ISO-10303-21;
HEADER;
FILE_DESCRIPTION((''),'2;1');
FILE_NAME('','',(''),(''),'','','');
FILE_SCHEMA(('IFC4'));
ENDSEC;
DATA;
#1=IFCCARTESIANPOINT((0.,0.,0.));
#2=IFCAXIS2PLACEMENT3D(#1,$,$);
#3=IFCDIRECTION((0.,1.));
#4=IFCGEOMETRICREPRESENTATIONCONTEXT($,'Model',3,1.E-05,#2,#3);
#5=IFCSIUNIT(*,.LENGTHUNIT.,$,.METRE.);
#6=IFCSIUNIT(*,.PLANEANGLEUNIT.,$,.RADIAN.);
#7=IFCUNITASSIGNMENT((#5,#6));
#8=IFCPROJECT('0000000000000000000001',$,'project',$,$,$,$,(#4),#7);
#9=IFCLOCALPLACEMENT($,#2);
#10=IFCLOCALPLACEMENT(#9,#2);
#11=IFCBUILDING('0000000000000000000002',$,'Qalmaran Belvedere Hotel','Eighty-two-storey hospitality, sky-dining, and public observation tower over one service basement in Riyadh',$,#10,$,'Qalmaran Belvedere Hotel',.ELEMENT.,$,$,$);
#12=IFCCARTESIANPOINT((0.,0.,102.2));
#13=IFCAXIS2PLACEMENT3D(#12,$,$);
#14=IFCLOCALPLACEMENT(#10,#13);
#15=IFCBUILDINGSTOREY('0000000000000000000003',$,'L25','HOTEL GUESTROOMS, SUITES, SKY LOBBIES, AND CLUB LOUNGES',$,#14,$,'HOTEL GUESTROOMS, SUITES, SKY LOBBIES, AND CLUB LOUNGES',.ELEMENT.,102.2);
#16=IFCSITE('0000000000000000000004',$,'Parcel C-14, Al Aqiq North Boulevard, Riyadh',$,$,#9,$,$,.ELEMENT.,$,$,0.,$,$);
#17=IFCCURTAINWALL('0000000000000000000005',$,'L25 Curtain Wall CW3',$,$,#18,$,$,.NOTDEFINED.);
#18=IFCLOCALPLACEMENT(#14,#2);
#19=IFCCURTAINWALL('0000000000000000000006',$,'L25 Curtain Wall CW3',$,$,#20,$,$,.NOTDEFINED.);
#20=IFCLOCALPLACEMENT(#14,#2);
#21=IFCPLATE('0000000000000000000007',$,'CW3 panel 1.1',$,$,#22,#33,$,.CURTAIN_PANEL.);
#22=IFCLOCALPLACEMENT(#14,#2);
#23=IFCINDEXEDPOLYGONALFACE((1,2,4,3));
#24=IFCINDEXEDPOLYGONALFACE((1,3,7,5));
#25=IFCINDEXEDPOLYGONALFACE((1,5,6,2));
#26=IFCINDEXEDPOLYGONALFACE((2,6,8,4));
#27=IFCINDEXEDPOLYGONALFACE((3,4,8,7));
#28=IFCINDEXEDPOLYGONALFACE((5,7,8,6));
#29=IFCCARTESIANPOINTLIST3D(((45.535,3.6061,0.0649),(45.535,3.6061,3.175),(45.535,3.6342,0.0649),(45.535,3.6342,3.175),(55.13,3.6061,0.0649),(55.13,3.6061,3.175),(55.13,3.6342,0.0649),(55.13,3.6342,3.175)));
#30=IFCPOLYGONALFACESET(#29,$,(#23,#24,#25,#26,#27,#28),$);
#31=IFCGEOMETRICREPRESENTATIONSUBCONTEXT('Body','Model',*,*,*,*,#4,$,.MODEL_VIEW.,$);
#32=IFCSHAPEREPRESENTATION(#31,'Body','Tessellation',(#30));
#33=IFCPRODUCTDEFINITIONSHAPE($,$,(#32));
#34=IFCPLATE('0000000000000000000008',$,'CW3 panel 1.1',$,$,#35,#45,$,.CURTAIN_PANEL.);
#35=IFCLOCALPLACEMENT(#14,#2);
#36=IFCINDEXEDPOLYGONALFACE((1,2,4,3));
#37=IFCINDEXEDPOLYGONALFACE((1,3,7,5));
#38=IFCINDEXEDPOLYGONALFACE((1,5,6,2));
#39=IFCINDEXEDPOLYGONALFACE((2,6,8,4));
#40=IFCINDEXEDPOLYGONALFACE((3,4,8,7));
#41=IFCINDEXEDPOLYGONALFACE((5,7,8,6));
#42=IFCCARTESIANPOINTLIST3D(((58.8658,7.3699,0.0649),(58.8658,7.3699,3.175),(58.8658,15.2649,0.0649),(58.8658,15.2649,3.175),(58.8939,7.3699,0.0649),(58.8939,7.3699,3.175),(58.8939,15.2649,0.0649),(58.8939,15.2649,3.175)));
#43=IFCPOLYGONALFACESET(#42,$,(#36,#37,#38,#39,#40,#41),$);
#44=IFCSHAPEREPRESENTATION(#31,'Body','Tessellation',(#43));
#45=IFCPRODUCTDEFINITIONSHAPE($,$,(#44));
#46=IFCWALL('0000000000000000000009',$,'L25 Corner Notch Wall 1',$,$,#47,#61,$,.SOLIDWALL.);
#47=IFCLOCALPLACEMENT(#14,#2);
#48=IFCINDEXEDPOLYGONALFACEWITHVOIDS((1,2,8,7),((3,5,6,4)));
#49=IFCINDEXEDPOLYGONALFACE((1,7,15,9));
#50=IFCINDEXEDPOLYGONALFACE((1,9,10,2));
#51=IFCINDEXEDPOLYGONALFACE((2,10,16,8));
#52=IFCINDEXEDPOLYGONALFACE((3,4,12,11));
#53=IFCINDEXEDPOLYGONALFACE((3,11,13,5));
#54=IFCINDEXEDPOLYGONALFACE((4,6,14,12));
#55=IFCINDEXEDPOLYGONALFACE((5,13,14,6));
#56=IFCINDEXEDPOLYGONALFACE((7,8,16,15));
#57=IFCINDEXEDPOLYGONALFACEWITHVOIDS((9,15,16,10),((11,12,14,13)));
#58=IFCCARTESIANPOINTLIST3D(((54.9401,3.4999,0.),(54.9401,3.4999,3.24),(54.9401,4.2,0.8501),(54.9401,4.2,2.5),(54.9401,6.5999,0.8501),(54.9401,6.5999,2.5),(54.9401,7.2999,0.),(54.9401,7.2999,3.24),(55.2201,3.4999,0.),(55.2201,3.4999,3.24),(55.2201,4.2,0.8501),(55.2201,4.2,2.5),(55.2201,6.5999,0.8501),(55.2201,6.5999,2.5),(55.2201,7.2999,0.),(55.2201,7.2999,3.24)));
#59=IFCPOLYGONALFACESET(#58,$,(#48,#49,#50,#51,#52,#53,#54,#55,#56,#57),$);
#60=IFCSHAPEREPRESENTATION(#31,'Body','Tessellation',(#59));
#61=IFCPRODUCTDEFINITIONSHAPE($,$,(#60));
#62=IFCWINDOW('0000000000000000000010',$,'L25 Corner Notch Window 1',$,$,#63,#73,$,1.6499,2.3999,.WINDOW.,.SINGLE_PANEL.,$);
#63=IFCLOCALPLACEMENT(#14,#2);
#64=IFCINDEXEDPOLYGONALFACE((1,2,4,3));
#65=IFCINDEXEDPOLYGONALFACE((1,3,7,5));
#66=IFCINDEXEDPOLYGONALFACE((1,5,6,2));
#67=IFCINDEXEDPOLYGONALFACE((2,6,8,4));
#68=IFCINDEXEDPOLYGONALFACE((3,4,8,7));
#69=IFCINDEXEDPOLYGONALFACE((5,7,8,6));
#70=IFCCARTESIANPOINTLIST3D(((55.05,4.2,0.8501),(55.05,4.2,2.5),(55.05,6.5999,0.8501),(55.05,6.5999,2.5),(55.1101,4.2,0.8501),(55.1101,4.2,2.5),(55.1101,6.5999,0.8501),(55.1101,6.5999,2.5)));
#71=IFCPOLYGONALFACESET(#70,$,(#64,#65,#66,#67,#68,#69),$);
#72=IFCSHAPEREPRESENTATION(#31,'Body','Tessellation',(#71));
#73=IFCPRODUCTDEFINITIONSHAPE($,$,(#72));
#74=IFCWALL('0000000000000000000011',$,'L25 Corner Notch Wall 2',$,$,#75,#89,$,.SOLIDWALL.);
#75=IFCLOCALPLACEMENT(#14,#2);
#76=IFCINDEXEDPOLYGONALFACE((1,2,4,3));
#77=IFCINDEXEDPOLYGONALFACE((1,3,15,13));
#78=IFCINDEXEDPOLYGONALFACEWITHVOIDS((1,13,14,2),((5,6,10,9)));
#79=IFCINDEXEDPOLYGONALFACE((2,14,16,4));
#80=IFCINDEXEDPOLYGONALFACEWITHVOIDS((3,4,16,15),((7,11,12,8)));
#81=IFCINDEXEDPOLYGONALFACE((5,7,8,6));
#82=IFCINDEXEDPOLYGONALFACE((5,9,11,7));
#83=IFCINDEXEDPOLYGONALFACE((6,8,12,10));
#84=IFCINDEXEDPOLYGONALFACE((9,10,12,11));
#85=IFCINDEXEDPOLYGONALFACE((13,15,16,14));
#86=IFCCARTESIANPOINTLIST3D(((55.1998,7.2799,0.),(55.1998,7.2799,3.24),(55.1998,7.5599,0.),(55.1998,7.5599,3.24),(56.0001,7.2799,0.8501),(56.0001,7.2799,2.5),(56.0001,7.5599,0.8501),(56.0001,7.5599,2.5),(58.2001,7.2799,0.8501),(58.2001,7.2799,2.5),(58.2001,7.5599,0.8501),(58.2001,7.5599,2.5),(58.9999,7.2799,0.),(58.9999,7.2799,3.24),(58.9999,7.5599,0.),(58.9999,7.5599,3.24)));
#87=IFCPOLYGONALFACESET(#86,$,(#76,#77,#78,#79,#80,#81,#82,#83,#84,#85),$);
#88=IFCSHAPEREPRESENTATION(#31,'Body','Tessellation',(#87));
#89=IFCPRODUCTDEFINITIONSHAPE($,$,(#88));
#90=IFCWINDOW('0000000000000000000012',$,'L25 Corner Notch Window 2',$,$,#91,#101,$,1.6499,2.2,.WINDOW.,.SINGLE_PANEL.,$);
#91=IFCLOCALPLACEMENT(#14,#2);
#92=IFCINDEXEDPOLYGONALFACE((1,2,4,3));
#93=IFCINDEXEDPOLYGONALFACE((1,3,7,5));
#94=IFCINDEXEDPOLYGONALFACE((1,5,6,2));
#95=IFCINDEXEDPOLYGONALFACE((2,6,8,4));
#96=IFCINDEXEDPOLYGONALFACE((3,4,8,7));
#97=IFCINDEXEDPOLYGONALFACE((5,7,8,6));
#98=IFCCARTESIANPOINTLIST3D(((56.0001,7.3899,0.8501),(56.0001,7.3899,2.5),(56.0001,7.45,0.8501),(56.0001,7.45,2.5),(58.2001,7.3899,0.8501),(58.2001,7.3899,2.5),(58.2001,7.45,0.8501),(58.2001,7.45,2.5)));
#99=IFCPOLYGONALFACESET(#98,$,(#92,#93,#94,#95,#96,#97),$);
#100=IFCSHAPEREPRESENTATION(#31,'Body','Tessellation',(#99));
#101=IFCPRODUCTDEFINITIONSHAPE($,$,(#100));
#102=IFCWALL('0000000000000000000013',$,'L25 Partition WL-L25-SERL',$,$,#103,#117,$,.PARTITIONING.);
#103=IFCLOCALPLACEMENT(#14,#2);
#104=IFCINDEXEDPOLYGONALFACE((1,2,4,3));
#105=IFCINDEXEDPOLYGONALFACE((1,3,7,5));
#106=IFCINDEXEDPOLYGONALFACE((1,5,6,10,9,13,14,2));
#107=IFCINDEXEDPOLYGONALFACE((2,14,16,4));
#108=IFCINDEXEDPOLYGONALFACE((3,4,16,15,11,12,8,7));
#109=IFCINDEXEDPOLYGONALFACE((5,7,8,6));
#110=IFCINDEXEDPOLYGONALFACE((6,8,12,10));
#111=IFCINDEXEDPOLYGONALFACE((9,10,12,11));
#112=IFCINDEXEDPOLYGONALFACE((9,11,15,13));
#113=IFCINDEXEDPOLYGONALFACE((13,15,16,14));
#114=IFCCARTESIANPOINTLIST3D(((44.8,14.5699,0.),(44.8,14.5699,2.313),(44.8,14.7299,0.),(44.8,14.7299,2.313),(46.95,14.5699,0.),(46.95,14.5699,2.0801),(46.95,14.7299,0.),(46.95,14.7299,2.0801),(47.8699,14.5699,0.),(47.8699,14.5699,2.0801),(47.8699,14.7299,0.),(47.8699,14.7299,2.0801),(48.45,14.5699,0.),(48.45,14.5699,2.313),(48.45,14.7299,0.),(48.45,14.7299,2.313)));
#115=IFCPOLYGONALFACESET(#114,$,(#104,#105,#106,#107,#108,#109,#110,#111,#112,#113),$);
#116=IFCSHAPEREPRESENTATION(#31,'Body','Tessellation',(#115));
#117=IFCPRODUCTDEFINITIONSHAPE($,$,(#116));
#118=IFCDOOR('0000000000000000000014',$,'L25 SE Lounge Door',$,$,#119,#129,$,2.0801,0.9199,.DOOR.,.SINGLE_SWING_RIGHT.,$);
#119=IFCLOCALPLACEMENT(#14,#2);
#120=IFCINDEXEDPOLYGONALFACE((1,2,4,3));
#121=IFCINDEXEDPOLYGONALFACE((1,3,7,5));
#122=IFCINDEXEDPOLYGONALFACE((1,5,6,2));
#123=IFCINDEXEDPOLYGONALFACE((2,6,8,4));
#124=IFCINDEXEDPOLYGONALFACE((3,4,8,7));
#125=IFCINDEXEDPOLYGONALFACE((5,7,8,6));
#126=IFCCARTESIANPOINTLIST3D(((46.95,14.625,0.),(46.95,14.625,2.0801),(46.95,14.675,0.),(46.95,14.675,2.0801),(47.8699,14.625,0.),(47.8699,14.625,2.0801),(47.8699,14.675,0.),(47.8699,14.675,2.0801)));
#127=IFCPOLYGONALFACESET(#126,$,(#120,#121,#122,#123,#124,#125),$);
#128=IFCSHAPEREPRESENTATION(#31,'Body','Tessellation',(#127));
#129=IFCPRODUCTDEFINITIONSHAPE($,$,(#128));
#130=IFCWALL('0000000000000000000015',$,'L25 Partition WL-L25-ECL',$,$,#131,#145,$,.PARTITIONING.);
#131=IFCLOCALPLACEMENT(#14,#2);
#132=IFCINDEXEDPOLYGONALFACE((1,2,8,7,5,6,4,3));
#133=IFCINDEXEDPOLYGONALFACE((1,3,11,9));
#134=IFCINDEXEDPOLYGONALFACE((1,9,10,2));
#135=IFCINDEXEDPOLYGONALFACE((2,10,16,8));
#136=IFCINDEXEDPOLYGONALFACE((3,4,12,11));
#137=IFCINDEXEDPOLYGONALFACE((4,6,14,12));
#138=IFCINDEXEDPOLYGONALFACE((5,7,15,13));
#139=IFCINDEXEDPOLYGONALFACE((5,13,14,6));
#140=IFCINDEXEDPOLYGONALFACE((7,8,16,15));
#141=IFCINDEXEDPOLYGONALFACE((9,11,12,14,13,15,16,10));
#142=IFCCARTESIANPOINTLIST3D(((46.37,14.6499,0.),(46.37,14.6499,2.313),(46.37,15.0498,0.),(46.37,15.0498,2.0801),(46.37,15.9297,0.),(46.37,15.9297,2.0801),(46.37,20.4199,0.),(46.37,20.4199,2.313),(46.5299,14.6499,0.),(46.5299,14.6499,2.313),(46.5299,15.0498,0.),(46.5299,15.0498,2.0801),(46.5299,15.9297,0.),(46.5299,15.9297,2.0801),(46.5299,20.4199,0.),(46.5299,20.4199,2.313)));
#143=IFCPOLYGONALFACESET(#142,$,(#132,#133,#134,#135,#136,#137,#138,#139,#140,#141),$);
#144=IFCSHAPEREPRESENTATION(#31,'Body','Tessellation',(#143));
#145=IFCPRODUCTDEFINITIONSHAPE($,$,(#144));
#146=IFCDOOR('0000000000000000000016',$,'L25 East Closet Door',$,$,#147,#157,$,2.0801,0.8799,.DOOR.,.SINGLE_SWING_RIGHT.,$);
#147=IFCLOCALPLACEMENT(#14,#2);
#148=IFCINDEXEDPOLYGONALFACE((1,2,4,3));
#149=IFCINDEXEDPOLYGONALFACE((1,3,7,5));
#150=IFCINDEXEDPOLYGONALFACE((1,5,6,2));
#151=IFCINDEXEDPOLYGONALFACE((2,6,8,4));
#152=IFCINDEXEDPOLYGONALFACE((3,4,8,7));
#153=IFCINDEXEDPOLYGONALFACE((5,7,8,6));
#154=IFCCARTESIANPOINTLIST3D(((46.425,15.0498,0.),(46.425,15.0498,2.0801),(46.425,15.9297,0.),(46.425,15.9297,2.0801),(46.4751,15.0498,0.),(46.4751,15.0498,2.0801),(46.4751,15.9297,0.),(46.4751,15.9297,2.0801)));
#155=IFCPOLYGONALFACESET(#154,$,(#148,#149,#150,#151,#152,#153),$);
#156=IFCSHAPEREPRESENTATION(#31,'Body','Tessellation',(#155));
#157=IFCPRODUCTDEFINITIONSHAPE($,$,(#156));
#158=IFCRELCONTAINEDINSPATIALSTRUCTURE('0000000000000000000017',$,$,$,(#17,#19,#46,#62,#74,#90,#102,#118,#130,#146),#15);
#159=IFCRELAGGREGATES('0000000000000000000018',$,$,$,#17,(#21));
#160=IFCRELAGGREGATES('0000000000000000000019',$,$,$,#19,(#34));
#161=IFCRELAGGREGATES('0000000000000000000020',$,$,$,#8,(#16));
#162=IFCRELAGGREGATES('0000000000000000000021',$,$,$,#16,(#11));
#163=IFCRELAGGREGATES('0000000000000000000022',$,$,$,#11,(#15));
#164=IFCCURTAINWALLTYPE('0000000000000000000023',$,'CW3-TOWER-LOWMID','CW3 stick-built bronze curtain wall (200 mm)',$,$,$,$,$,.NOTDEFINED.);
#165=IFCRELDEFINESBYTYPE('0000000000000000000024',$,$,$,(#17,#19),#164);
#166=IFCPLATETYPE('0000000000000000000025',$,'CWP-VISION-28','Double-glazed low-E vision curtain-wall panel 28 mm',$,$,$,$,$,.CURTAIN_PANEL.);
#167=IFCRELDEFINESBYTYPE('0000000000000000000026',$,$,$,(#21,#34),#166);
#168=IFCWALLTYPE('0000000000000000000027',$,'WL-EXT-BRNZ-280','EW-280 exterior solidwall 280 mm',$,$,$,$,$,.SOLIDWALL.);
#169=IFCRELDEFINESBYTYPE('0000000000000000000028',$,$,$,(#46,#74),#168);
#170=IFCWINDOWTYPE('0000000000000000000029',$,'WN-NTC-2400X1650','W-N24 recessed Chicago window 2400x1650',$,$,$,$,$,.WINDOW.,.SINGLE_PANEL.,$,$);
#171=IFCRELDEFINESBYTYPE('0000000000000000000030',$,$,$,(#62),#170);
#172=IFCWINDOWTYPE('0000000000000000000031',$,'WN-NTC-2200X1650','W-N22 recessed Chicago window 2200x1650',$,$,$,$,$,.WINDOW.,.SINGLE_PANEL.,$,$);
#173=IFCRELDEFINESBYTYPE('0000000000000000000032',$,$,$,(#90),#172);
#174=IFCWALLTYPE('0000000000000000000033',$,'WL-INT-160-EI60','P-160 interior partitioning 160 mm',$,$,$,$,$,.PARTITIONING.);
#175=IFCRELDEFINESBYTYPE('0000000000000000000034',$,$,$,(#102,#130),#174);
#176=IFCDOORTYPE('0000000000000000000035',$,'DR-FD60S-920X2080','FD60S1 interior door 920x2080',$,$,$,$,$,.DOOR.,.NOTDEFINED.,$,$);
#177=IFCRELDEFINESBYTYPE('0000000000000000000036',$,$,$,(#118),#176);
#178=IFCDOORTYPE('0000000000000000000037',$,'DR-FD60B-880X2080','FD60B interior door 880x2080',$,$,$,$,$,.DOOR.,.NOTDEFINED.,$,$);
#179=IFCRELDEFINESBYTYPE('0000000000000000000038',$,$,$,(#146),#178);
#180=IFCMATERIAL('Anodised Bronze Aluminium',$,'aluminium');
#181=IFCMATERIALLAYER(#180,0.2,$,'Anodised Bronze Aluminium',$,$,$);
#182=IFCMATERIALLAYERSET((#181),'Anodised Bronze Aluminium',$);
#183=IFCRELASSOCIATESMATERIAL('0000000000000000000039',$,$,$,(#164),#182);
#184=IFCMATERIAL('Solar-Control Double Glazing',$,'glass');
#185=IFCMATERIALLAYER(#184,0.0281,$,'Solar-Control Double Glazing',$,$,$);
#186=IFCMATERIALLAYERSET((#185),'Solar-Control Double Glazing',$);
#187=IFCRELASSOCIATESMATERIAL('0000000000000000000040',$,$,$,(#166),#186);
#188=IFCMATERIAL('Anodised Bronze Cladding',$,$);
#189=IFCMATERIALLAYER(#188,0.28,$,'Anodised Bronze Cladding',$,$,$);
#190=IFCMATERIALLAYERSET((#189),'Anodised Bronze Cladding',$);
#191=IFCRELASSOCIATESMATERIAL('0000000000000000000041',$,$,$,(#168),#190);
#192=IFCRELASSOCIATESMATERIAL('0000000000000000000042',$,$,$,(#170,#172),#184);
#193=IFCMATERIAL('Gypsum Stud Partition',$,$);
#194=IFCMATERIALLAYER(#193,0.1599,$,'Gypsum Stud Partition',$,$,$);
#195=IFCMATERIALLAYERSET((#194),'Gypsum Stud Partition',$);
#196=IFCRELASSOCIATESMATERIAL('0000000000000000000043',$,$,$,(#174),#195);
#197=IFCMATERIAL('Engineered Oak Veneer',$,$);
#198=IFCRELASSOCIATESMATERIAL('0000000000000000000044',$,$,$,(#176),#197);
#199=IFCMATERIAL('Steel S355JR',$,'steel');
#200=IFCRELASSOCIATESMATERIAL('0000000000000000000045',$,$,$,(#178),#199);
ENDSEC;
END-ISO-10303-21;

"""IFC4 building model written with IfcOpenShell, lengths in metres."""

from ifc_helpers import new_model, si_unit, direction, frame, frame_2d, origin, origin_2d, place, context, subcontext, project, spatial, rectangle, extrude, material, layer, layer_set, type_object, element, fill, aggregate, save


model = new_model("IFC4")

# Units and contexts
model_context = context("Model", 3, precision=1e-05, world=origin(), true_north=direction((0.0, 1.0)))
body_context = subcontext(model_context, "Body", "Model", "MODEL_VIEW")
ifc_project = project(units=[si_unit("LENGTHUNIT", "METRE"), si_unit("PLANEANGLEUNIT", "RADIAN")], contexts=[model_context])

# Site, building, storey
site_placement = place(None, origin())
site = spatial("IfcSite", under=ifc_project, at=site_placement, Name="Parcel C-14, Al Aqiq North Boulevard, Riyadh", CompositionType="ELEMENT", RefElevation=0.0)
building_placement = place(site_placement, origin())
building = spatial("IfcBuilding", under=site, at=building_placement, Name="Qalmaran Belvedere Hotel", Description="Eighty-two-storey hospitality, sky-dining, and public observation tower over one service basement in Riyadh", LongName="Qalmaran Belvedere Hotel", CompositionType="ELEMENT")
storey_placement = place(building_placement, frame((0.0, 0.0, 102.2)))
storey = spatial("IfcBuildingStorey", under=building, at=storey_placement, Name="L25", Description="HOTEL GUESTROOMS, SUITES, SKY LOBBIES, AND CLUB LOUNGES", LongName="HOTEL GUESTROOMS, SUITES, SKY LOBBIES, AND CLUB LOUNGES", CompositionType="ELEMENT", Elevation=102.2)

# Shared definitions
ifc_material_1 = material(Name="Steel S355JR", Category="steel")

# Curtain wall
ifc_material_2 = material(Name="Anodised Bronze Aluminium", Category="aluminium")
ifc_layer_1 = layer(ifc_material_2, 0.2, Name="Anodised Bronze Aluminium")
ifc_layer_set_1 = layer_set([ifc_layer_1], Name="Anodised Bronze Aluminium")
curtain_wall_type = type_object("IfcCurtainWallType", Name="CW3-TOWER-LOWMID", Description="CW3 stick-built bronze curtain wall (200 mm)", PredefinedType="NOTDEFINED", material=ifc_layer_set_1)
curtain_wall_1_placement = place(storey_placement, origin())
curtain_wall_1 = element("IfcCurtainWall", 1, at=curtain_wall_1_placement, inside=storey, type_object=curtain_wall_type, Name="L25 Curtain Wall CW3", PredefinedType="NOTDEFINED")

# Curtain wall
curtain_wall_2_placement = place(storey_placement, origin())
curtain_wall_2 = element("IfcCurtainWall", 2, at=curtain_wall_2_placement, inside=storey, type_object=curtain_wall_type, Name="L25 Curtain Wall CW3", PredefinedType="NOTDEFINED")

# Plates
ifc_material_3 = material(Name="Solar-Control Double Glazing", Category="glass")
ifc_layer_2 = layer(ifc_material_3, 0.0281, Name="Solar-Control Double Glazing")
ifc_layer_set_2 = layer_set([ifc_layer_2], Name="Solar-Control Double Glazing")
plate_type = type_object("IfcPlateType", Name="CWP-VISION-28", Description="Double-glazed low-E vision curtain-wall panel 28 mm", PredefinedType="CURTAIN_PANEL", material=ifc_layer_set_2)
plate_1_placement = place(storey_placement, frame((50.3325, 3.6201, 0.0649), z_axis=(0.0, 0.0, 1.0), x_axis=(1.0, 0.0, 0.0)))
plate_1 = element("IfcPlate", 3, at=plate_1_placement, type_object=plate_type, Name="CW3 panel 1.1", PredefinedType="CURTAIN_PANEL", context=body_context, shape_type="SweptSolid", body=[
    extrude(rectangle(XDim=9.595, YDim=0.0281, at=origin_2d()), origin(), (0.0, 0.0, 1.0), 3.1101),
])
aggregate(curtain_wall_1, [plate_1])
plate_2_placement = place(storey_placement, frame((58.8799, 11.3174, 0.0649), z_axis=(0.0, 0.0, 1.0), x_axis=(0.0, 1.0, 0.0)))
plate_2 = element("IfcPlate", 4, at=plate_2_placement, type_object=plate_type, Name="CW3 panel 1.1", PredefinedType="CURTAIN_PANEL", context=body_context, shape_type="SweptSolid", body=[
    extrude(rectangle(XDim=7.895, YDim=0.0281, at=origin_2d()), origin(), (0.0, 0.0, 1.0), 3.1101),
])
aggregate(curtain_wall_2, [plate_2])

# Walls, openings, windows
ifc_material_4 = material(Name="Anodised Bronze Cladding")
ifc_layer_3 = layer(ifc_material_4, 0.28, Name="Anodised Bronze Cladding")
ifc_layer_set_3 = layer_set([ifc_layer_3], Name="Anodised Bronze Cladding")
wall_type_1 = type_object("IfcWallType", Name="WL-EXT-BRNZ-280", Description="EW-280 exterior solidwall 280 mm", PredefinedType="SOLIDWALL", material=ifc_layer_set_3)
wall_1_placement = place(storey_placement, frame((55.0801, 3.5, 0.0), z_axis=(0.0, 0.0, 1.0), x_axis=(0.0, 1.0, 0.0)))
wall_1 = element("IfcWall", 5, at=wall_1_placement, inside=storey, type_object=wall_type_1, Name="L25 Corner Notch Wall 1", PredefinedType="SOLIDWALL", context=body_context, shape_type="SweptSolid", body=[
    extrude(rectangle(XDim=3.8, YDim=0.28, at=frame_2d((1.8999, 0.0))), origin(), (0.0, 0.0, 1.0), 3.24),
])
opening_1_placement = place(wall_1_placement, frame((0.7, 0.0, 0.8501)))
opening_1 = element("IfcOpeningElement", 6, at=opening_1_placement, cuts=wall_1, PredefinedType="OPENING", context=body_context, shape_type="SweptSolid", body=[
    extrude(rectangle(XDim=2.3999, YDim=1.6499, at=frame_2d((1.2, 0.825))), frame((0.0, 0.1499, 0.0), z_axis=(0.0, -1.0, 0.0), x_axis=(1.0, 0.0, 0.0)), (0.0, 0.0, 1.0), 0.3),
])
window_type_1 = type_object("IfcWindowType", Name="WN-NTC-2400X1650", Description="W-N24 recessed Chicago window 2400x1650", PartitioningType="SINGLE_PANEL", PredefinedType="WINDOW", material=ifc_material_3)
window_1_placement = place(opening_1_placement, origin())
window_1 = element("IfcWindow", 7, at=window_1_placement, inside=storey, type_object=window_type_1, Name="L25 Corner Notch Window 1", OverallHeight=1.6499, OverallWidth=2.3999, PartitioningType="SINGLE_PANEL", PredefinedType="WINDOW", context=body_context, shape_type="SweptSolid", body=[
    extrude(rectangle(XDim=2.3999, YDim=1.6499, at=frame_2d((1.2, 0.825))), frame((0.0, 0.03, 0.0), z_axis=(0.0, -1.0, 0.0), x_axis=(1.0, 0.0, 0.0)), (0.0, 0.0, 1.0), 0.0601),
])
fill(opening_1, window_1)
wall_2_placement = place(storey_placement, frame((55.2, 7.4199, 0.0), z_axis=(0.0, 0.0, 1.0), x_axis=(1.0, 0.0, 0.0)))
wall_2 = element("IfcWall", 8, at=wall_2_placement, inside=storey, type_object=wall_type_1, Name="L25 Corner Notch Wall 2", PredefinedType="SOLIDWALL", context=body_context, shape_type="SweptSolid", body=[
    extrude(rectangle(XDim=3.8, YDim=0.28, at=frame_2d((1.8999, 0.0))), origin(), (0.0, 0.0, 1.0), 3.24),
])
opening_2_placement = place(wall_2_placement, frame((0.8, 0.0, 0.8501)))
opening_2 = element("IfcOpeningElement", 9, at=opening_2_placement, cuts=wall_2, PredefinedType="OPENING", context=body_context, shape_type="SweptSolid", body=[
    extrude(rectangle(XDim=2.2, YDim=1.6499, at=frame_2d((1.1001, 0.825))), frame((0.0, 0.1499, 0.0), z_axis=(0.0, -1.0, 0.0), x_axis=(1.0, 0.0, 0.0)), (0.0, 0.0, 1.0), 0.3),
])
window_type_2 = type_object("IfcWindowType", Name="WN-NTC-2200X1650", Description="W-N22 recessed Chicago window 2200x1650", PartitioningType="SINGLE_PANEL", PredefinedType="WINDOW", material=ifc_material_3)
window_2_placement = place(opening_2_placement, origin())
window_2 = element("IfcWindow", 10, at=window_2_placement, inside=storey, type_object=window_type_2, Name="L25 Corner Notch Window 2", OverallHeight=1.6499, OverallWidth=2.2, PartitioningType="SINGLE_PANEL", PredefinedType="WINDOW", context=body_context, shape_type="SweptSolid", body=[
    extrude(rectangle(XDim=2.2, YDim=1.6499, at=frame_2d((1.1001, 0.825))), frame((0.0, 0.03, 0.0), z_axis=(0.0, -1.0, 0.0), x_axis=(1.0, 0.0, 0.0)), (0.0, 0.0, 1.0), 0.0601),
])
fill(opening_2, window_2)

# Walls, openings, doors
ifc_material_5 = material(Name="Gypsum Stud Partition")
ifc_layer_4 = layer(ifc_material_5, 0.1599, Name="Gypsum Stud Partition")
ifc_layer_set_4 = layer_set([ifc_layer_4], Name="Gypsum Stud Partition")
wall_type_2 = type_object("IfcWallType", Name="WL-INT-160-EI60", Description="P-160 interior partitioning 160 mm", PredefinedType="PARTITIONING", material=ifc_layer_set_4)
wall_3_placement = place(storey_placement, frame((44.8, 14.6499, 0.0), z_axis=(0.0, 0.0, 1.0), x_axis=(1.0, 0.0, 0.0)))
wall_3 = element("IfcWall", 11, at=wall_3_placement, inside=storey, type_object=wall_type_2, Name="L25 Partition WL-L25-SERL", PredefinedType="PARTITIONING", context=body_context, shape_type="SweptSolid", body=[
    extrude(rectangle(XDim=3.6499, YDim=0.1599, at=frame_2d((1.825, 0.0))), origin(), (0.0, 0.0, 1.0), 2.313),
])
opening_3_placement = place(wall_3_placement, frame((3.0698, 0.0, 0.0), z_axis=(0.0, 0.0, 1.0), x_axis=(-1.0, 0.0, 0.0)))
opening_3 = element("IfcOpeningElement", 12, at=opening_3_placement, cuts=wall_3, PredefinedType="OPENING", context=body_context, shape_type="SweptSolid", body=[
    extrude(rectangle(XDim=0.9199, YDim=2.0801, at=frame_2d((0.46, 1.04))), frame((0.0, 0.0898, 0.0), z_axis=(0.0, -1.0, 0.0), x_axis=(1.0, 0.0, 0.0)), (0.0, 0.0, 1.0), 0.1799),
])
ifc_material_6 = material(Name="Engineered Oak Veneer")
door_type_1 = type_object("IfcDoorType", Name="DR-FD60S-920X2080", Description="FD60S1 interior door 920x2080", OperationType="NOTDEFINED", PredefinedType="DOOR", material=ifc_material_6)
door_1_placement = place(opening_3_placement, origin())
door_1 = element("IfcDoor", 13, at=door_1_placement, inside=storey, type_object=door_type_1, Name="L25 SE Lounge Door", OperationType="SINGLE_SWING_RIGHT", OverallHeight=2.0801, OverallWidth=0.9199, PredefinedType="DOOR", context=body_context, shape_type="SweptSolid", body=[
    extrude(rectangle(XDim=0.9199, YDim=2.0801, at=frame_2d((0.46, 1.04))), frame((0.0, 0.0249, 0.0), z_axis=(0.0, -1.0, 0.0), x_axis=(1.0, 0.0, 0.0)), (0.0, 0.0, 1.0), 0.05),
])
fill(opening_3, door_1)
wall_4_placement = place(storey_placement, frame((46.45, 14.6499, 0.0), z_axis=(0.0, 0.0, 1.0), x_axis=(0.0, 1.0, 0.0)))
wall_4 = element("IfcWall", 14, at=wall_4_placement, inside=storey, type_object=wall_type_2, Name="L25 Partition WL-L25-ECL", PredefinedType="PARTITIONING", context=body_context, shape_type="SweptSolid", body=[
    extrude(rectangle(XDim=5.77, YDim=0.1599, at=frame_2d((2.885, 0.0))), origin(), (0.0, 0.0, 1.0), 2.313),
])
opening_4_placement = place(wall_4_placement, frame((0.3999, 0.0, 0.0)))
opening_4 = element("IfcOpeningElement", 15, at=opening_4_placement, cuts=wall_4, PredefinedType="OPENING", context=body_context, shape_type="SweptSolid", body=[
    extrude(rectangle(XDim=0.8799, YDim=2.0801, at=frame_2d((0.4399, 1.04))), frame((0.0, 0.0898, 0.0), z_axis=(0.0, -1.0, 0.0), x_axis=(1.0, 0.0, 0.0)), (0.0, 0.0, 1.0), 0.1799),
])
door_type_2 = type_object("IfcDoorType", Name="DR-FD60B-880X2080", Description="FD60B interior door 880x2080", OperationType="NOTDEFINED", PredefinedType="DOOR", material=ifc_material_1)
door_2_placement = place(opening_4_placement, origin())
door_2 = element("IfcDoor", 16, at=door_2_placement, inside=storey, type_object=door_type_2, Name="L25 East Closet Door", OperationType="SINGLE_SWING_RIGHT", OverallHeight=2.0801, OverallWidth=0.8799, PredefinedType="DOOR", context=body_context, shape_type="SweptSolid", body=[
    extrude(rectangle(XDim=0.8799, YDim=2.0801, at=frame_2d((0.4399, 1.04))), frame((0.0, 0.0249, 0.0), z_axis=(0.0, -1.0, 0.0), x_axis=(1.0, 0.0, 0.0)), (0.0, 0.0, 1.0), 0.05),
])
fill(opening_4, door_2)

save(model, "model.ifc")
